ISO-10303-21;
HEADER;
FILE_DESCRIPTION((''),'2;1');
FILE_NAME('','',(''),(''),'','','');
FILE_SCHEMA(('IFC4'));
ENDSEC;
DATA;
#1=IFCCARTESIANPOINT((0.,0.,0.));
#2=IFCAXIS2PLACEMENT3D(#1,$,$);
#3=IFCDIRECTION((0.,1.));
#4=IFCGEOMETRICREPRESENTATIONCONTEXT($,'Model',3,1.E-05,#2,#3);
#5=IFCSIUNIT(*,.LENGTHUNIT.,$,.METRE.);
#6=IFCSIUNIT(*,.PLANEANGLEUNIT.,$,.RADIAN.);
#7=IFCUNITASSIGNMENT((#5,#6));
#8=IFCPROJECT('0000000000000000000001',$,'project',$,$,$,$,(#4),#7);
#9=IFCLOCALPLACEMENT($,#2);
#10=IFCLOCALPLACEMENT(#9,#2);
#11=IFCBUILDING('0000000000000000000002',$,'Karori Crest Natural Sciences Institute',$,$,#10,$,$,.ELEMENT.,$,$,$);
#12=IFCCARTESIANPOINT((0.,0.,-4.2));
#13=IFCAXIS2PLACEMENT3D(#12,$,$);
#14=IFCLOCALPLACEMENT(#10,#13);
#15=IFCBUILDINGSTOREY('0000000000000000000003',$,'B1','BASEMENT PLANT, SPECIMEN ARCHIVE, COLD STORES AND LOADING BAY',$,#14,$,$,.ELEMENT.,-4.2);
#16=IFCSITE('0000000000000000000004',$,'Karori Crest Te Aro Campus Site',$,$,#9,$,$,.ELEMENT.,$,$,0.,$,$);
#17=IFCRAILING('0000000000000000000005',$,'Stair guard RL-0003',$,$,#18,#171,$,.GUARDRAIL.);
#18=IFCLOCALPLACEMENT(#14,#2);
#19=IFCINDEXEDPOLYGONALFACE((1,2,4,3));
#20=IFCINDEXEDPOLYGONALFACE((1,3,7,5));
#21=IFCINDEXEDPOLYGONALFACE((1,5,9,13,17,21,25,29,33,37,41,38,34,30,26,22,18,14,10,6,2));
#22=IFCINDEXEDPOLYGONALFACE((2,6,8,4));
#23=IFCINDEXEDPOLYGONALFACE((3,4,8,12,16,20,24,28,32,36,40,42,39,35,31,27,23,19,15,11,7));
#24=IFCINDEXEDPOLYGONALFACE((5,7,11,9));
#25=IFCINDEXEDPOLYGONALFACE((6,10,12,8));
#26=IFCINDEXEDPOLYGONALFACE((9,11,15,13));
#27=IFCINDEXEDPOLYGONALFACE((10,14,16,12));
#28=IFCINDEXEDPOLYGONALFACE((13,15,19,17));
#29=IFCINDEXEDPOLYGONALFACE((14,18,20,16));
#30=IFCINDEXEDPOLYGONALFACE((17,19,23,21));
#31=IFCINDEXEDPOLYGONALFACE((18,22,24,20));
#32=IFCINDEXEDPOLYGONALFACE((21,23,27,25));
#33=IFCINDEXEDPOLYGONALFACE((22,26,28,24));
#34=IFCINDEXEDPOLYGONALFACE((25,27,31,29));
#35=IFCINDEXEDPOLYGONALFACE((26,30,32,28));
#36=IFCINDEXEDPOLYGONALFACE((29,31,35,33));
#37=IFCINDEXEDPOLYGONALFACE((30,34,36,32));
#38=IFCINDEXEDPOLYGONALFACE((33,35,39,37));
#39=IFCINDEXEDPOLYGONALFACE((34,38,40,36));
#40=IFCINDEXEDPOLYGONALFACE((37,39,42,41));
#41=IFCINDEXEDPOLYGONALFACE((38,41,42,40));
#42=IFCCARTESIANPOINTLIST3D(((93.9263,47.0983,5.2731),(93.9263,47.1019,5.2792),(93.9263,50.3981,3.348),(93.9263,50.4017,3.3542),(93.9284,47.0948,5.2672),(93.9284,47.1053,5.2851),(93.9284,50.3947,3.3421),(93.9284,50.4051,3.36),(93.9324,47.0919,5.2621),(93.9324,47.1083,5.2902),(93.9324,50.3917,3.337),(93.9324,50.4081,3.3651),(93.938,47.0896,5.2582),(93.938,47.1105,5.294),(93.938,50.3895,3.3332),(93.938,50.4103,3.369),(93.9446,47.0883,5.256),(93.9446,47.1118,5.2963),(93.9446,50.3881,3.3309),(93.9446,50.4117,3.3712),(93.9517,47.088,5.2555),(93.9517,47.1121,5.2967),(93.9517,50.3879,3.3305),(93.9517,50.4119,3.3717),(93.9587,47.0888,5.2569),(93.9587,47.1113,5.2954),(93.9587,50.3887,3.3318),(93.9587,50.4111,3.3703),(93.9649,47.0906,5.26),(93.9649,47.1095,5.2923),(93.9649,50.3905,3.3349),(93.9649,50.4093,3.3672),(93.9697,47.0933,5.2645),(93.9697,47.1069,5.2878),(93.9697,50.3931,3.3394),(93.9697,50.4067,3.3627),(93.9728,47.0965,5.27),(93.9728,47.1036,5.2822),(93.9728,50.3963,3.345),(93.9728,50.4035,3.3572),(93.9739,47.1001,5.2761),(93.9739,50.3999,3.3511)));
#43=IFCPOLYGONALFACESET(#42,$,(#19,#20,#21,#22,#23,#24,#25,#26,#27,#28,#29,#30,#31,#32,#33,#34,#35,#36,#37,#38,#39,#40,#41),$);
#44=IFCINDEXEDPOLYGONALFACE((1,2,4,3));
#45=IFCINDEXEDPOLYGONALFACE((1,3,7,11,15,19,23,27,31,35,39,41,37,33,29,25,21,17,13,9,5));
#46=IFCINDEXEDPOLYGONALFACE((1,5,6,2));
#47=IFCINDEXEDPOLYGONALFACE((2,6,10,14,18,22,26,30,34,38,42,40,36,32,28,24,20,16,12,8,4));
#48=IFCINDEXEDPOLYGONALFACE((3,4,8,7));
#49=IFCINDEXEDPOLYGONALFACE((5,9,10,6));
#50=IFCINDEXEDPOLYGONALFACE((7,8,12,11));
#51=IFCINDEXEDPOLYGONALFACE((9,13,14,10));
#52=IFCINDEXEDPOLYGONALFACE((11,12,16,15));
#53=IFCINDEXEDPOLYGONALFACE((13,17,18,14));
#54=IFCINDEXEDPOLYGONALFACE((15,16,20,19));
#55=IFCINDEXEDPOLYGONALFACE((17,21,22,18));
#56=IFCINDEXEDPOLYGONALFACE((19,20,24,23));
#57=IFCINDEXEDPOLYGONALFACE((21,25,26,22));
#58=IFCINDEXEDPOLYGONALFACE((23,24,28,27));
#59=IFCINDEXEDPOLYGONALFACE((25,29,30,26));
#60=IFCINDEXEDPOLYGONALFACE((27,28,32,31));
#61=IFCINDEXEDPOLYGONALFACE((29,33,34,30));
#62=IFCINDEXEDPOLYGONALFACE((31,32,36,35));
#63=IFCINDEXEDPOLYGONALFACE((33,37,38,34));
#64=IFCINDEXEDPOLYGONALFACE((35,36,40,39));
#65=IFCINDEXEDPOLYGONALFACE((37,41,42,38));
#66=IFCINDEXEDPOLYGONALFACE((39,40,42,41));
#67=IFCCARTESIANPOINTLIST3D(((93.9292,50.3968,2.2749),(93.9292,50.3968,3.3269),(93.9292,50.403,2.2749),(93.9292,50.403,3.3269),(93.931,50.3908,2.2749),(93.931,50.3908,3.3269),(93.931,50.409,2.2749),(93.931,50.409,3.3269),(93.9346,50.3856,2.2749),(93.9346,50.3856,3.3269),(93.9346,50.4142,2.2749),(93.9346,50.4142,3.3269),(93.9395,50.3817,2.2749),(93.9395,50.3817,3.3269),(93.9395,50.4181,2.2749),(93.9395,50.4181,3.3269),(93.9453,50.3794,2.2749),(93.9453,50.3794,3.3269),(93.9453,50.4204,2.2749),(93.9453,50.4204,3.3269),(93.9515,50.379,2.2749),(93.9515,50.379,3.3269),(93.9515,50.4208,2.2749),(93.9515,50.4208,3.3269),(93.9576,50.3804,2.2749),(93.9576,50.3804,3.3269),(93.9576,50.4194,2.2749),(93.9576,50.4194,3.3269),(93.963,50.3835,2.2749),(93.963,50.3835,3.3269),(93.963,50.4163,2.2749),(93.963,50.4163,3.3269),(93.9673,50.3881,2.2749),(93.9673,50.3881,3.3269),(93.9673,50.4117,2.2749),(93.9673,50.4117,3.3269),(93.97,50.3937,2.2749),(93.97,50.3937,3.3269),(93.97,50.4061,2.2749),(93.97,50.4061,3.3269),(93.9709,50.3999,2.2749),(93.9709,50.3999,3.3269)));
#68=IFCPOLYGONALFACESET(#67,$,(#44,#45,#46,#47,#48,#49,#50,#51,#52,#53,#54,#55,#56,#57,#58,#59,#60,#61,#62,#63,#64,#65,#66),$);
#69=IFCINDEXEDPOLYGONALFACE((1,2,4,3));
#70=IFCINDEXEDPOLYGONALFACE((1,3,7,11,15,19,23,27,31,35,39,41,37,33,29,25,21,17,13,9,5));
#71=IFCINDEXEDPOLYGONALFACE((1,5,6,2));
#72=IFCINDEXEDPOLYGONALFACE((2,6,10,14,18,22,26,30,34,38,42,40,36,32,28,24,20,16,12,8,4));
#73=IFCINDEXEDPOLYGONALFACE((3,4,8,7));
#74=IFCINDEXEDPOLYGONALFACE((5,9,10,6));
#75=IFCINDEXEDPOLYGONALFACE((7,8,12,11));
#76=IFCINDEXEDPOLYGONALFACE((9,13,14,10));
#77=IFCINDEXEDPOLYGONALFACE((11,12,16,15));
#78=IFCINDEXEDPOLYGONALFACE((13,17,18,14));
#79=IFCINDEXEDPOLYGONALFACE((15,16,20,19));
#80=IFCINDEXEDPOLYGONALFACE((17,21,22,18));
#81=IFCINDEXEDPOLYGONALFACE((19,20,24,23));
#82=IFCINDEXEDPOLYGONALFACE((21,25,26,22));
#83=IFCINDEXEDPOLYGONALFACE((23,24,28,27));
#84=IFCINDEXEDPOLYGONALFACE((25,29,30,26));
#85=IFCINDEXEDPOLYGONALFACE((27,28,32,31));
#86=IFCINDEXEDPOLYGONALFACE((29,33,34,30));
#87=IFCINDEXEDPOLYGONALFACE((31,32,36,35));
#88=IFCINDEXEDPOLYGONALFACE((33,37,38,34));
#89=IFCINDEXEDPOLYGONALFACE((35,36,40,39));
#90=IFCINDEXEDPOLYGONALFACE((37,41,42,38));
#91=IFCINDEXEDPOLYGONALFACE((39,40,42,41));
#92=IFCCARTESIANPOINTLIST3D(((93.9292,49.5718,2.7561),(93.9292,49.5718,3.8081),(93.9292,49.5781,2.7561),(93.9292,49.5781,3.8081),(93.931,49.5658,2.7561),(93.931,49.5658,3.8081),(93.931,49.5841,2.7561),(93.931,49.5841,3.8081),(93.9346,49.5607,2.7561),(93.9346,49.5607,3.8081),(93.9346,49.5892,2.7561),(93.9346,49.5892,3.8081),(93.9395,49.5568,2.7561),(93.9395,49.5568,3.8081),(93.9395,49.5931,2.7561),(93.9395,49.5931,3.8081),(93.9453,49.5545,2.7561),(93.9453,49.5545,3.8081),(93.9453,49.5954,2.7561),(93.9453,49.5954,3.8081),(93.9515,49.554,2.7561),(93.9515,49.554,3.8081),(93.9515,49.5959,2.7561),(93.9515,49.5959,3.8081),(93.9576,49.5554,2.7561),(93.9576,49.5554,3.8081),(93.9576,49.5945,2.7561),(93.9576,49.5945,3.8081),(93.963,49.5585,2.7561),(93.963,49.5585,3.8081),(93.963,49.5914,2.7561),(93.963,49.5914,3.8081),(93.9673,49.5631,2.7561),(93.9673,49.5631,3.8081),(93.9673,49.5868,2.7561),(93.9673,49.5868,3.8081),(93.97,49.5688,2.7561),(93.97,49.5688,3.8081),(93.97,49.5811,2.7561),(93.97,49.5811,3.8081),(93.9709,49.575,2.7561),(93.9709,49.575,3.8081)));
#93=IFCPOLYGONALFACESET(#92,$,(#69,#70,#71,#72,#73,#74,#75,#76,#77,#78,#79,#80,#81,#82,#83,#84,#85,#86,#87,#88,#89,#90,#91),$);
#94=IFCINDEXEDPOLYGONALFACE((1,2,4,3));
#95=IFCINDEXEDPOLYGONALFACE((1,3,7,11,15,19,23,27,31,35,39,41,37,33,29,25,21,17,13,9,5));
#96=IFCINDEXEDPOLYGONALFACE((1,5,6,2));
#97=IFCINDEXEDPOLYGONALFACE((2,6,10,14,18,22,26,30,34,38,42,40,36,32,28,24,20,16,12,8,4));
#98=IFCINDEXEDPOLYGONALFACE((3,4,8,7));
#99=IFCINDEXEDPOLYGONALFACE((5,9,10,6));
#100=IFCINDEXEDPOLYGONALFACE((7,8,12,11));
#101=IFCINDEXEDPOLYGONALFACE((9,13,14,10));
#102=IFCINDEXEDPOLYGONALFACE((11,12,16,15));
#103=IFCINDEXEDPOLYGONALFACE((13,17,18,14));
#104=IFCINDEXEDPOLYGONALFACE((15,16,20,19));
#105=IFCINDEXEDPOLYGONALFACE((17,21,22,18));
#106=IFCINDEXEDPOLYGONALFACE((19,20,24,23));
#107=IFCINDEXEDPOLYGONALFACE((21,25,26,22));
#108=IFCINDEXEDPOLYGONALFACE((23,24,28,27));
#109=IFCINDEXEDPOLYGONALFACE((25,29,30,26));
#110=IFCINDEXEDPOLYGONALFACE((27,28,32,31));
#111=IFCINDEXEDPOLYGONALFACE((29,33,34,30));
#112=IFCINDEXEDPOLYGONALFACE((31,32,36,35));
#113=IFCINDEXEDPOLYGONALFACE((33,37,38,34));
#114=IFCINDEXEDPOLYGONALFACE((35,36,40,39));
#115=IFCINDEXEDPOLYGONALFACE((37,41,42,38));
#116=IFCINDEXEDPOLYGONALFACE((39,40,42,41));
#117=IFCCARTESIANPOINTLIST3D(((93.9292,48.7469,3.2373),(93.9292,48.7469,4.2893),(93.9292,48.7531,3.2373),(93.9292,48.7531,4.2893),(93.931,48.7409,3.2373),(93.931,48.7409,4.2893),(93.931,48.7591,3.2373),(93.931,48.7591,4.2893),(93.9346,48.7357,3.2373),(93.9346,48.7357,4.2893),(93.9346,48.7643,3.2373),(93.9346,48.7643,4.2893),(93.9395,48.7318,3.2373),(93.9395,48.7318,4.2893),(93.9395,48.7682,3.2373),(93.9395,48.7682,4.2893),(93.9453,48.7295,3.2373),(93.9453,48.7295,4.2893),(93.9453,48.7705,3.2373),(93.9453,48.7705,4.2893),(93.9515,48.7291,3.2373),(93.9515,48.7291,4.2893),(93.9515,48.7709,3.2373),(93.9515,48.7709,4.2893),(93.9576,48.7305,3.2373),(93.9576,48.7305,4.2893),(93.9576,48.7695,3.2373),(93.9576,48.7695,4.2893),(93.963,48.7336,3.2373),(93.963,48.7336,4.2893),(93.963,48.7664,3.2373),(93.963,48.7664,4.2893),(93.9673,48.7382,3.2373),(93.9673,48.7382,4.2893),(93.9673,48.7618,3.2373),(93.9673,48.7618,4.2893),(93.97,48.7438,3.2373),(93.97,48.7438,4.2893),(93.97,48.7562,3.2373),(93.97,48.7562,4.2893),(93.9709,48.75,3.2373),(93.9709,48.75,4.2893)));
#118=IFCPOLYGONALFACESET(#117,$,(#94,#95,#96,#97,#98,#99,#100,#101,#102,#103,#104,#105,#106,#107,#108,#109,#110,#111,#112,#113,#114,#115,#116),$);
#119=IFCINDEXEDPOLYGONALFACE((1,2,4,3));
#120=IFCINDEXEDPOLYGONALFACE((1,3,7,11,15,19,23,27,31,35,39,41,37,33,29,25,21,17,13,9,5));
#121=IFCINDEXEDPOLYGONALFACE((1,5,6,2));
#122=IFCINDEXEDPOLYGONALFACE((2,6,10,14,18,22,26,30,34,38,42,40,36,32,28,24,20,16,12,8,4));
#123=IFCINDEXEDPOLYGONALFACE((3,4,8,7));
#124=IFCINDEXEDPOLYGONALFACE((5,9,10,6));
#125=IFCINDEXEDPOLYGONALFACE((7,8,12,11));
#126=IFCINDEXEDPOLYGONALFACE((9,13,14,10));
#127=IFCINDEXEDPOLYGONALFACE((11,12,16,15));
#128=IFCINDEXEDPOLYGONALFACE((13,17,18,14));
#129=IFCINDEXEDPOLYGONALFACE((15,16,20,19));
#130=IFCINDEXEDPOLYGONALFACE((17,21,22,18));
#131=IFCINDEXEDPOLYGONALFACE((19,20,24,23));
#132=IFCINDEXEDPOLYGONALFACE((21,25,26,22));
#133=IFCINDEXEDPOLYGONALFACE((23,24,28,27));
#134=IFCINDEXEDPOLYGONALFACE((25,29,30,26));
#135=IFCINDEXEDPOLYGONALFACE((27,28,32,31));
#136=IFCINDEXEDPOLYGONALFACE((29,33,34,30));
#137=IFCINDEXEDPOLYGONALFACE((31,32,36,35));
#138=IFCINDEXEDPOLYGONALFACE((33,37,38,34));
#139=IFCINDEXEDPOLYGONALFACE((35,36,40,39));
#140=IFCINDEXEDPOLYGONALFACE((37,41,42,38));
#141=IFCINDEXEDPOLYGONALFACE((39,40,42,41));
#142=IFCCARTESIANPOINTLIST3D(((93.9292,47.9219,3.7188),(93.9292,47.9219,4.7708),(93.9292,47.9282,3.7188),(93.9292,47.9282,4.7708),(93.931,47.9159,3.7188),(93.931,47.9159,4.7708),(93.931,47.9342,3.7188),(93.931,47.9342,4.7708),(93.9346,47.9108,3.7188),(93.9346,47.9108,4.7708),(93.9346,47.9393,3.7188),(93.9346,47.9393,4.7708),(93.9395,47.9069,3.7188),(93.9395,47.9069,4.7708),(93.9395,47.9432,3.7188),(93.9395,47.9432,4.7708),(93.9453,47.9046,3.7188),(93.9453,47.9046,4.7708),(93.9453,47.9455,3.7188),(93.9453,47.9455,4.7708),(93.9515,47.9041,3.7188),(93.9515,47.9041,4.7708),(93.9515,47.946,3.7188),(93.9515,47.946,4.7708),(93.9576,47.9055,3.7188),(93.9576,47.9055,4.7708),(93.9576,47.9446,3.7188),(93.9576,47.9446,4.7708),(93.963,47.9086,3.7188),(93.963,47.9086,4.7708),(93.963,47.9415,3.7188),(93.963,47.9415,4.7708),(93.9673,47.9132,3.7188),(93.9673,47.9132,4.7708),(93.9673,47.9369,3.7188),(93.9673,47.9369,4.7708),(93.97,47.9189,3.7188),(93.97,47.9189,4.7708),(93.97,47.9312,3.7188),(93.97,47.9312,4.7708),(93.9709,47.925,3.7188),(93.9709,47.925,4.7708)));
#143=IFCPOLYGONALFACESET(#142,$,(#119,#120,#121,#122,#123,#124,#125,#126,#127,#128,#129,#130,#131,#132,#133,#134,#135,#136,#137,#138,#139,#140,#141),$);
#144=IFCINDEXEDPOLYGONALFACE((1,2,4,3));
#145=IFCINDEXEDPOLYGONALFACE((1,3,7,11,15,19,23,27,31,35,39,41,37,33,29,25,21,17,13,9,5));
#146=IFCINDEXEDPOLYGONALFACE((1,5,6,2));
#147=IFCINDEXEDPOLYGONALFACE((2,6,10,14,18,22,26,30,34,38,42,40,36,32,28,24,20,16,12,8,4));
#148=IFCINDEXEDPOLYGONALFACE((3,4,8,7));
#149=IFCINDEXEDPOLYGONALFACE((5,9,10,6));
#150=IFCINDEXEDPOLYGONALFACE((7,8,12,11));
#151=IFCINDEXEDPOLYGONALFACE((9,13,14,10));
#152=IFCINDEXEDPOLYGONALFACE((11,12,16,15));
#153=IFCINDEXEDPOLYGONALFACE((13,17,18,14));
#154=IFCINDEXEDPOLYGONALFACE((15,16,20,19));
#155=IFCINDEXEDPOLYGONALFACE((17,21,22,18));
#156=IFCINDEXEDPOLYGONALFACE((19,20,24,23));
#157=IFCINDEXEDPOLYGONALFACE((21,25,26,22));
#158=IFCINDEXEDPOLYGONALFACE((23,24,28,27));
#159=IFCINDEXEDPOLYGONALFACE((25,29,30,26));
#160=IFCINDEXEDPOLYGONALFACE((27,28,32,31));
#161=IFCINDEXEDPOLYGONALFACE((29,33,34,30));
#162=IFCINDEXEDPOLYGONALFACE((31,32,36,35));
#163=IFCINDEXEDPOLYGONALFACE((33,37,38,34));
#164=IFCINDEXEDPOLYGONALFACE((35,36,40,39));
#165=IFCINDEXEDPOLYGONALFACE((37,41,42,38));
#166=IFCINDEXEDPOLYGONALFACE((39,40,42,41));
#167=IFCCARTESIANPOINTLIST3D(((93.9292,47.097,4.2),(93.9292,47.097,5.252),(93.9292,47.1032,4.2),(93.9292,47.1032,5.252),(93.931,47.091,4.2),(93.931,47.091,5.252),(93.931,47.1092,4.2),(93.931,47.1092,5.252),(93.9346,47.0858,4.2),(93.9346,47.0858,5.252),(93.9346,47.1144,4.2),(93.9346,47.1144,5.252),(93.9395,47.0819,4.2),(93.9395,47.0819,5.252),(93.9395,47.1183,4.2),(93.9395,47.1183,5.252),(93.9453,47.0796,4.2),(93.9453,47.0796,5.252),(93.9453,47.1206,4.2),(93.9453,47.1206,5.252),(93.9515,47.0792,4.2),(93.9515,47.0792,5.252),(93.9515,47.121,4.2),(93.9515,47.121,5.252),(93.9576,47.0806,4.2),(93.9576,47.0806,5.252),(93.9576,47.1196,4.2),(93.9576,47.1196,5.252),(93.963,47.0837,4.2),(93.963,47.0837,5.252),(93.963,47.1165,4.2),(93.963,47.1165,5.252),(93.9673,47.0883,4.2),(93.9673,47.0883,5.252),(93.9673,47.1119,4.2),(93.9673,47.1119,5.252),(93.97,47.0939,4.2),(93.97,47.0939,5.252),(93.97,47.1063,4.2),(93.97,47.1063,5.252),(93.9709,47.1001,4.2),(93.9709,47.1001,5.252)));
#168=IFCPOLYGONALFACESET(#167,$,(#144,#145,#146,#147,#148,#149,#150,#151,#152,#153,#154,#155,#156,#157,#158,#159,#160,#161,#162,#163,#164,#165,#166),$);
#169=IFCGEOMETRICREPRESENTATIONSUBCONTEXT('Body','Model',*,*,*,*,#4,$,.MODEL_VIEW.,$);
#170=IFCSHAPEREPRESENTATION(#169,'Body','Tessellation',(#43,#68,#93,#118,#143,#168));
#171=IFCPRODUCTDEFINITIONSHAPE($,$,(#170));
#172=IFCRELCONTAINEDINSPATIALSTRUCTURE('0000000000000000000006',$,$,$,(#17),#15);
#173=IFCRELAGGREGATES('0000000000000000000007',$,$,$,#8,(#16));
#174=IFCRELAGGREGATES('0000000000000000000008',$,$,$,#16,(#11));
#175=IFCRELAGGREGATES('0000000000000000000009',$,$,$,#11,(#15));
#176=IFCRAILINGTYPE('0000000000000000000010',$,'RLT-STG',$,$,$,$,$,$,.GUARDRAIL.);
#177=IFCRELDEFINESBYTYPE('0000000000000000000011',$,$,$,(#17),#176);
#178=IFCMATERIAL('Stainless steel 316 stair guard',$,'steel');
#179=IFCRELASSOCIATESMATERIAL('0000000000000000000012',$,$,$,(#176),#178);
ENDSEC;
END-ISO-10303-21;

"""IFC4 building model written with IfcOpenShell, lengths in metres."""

from ifc_helpers import new_model, si_unit, direction, frame, origin, origin_2d, place, context, subcontext, project, spatial, circle, extrude, material, type_object, element, save


model = new_model("IFC4")

# Units and contexts
model_context = context("Model", 3, precision=1e-05, world=origin(), true_north=direction((0.0, 1.0)))
body_context = subcontext(model_context, "Body", "Model", "MODEL_VIEW")
ifc_project = project(units=[si_unit("LENGTHUNIT", "METRE"), si_unit("PLANEANGLEUNIT", "RADIAN")], contexts=[model_context])

# Site, building, storey
site_placement = place(None, origin())
site = spatial("IfcSite", under=ifc_project, at=site_placement, Name="Karori Crest Te Aro Campus Site", CompositionType="ELEMENT", RefElevation=0.0)
building_placement = place(site_placement, origin())
building = spatial("IfcBuilding", under=site, at=building_placement, Name="Karori Crest Natural Sciences Institute", CompositionType="ELEMENT")
storey_placement = place(building_placement, frame((0.0, 0.0, -4.2)))
storey = spatial("IfcBuildingStorey", under=building, at=storey_placement, Name="B1", Description="BASEMENT PLANT, SPECIMEN ARCHIVE, COLD STORES AND LOADING BAY", CompositionType="ELEMENT", Elevation=-4.2)

# Railing
ifc_material_1 = material(Name="Stainless steel 316 stair guard", Category="steel")
railing_type_1 = type_object("IfcRailingType", Name="RLT-STG", PredefinedType="GUARDRAIL", material=ifc_material_1)
railing_1_placement = place(storey_placement, frame((93.95, 50.3999, 2.2749)))
element("IfcRailing", 1, at=railing_1_placement, inside=storey, type_object=railing_type_1, Name="Stair guard RL-0003", PredefinedType="GUARDRAIL", context=body_context, shape_type="SweptSolid", body=[
    extrude(circle(Radius=0.0239, at=origin_2d()), frame((0.0, 0.0, 1.0762), z_axis=(0.0, -0.86376, 0.503903), x_axis=(1.0, 0.0, 0.0)), (0.0, 0.0, 1.0), 3.8203),
    extrude(circle(Radius=0.021, at=origin_2d()), origin(), (0.0, 0.0, 1.0), 1.052),
    extrude(circle(Radius=0.021, at=origin_2d()), frame((0.0, -0.825, 0.4812)), (0.0, 0.0, 1.0), 1.052),
    extrude(circle(Radius=0.021, at=origin_2d()), frame((0.0, -1.6499, 0.9624)), (0.0, 0.0, 1.0), 1.052),
    extrude(circle(Radius=0.021, at=origin_2d()), frame((0.0, -2.4749, 1.4438)), (0.0, 0.0, 1.0), 1.052),
    extrude(circle(Radius=0.021, at=origin_2d()), frame((0.0, -3.2998, 1.925)), (0.0, 0.0, 1.0), 1.052),
])

save(model, "model.ifc")
